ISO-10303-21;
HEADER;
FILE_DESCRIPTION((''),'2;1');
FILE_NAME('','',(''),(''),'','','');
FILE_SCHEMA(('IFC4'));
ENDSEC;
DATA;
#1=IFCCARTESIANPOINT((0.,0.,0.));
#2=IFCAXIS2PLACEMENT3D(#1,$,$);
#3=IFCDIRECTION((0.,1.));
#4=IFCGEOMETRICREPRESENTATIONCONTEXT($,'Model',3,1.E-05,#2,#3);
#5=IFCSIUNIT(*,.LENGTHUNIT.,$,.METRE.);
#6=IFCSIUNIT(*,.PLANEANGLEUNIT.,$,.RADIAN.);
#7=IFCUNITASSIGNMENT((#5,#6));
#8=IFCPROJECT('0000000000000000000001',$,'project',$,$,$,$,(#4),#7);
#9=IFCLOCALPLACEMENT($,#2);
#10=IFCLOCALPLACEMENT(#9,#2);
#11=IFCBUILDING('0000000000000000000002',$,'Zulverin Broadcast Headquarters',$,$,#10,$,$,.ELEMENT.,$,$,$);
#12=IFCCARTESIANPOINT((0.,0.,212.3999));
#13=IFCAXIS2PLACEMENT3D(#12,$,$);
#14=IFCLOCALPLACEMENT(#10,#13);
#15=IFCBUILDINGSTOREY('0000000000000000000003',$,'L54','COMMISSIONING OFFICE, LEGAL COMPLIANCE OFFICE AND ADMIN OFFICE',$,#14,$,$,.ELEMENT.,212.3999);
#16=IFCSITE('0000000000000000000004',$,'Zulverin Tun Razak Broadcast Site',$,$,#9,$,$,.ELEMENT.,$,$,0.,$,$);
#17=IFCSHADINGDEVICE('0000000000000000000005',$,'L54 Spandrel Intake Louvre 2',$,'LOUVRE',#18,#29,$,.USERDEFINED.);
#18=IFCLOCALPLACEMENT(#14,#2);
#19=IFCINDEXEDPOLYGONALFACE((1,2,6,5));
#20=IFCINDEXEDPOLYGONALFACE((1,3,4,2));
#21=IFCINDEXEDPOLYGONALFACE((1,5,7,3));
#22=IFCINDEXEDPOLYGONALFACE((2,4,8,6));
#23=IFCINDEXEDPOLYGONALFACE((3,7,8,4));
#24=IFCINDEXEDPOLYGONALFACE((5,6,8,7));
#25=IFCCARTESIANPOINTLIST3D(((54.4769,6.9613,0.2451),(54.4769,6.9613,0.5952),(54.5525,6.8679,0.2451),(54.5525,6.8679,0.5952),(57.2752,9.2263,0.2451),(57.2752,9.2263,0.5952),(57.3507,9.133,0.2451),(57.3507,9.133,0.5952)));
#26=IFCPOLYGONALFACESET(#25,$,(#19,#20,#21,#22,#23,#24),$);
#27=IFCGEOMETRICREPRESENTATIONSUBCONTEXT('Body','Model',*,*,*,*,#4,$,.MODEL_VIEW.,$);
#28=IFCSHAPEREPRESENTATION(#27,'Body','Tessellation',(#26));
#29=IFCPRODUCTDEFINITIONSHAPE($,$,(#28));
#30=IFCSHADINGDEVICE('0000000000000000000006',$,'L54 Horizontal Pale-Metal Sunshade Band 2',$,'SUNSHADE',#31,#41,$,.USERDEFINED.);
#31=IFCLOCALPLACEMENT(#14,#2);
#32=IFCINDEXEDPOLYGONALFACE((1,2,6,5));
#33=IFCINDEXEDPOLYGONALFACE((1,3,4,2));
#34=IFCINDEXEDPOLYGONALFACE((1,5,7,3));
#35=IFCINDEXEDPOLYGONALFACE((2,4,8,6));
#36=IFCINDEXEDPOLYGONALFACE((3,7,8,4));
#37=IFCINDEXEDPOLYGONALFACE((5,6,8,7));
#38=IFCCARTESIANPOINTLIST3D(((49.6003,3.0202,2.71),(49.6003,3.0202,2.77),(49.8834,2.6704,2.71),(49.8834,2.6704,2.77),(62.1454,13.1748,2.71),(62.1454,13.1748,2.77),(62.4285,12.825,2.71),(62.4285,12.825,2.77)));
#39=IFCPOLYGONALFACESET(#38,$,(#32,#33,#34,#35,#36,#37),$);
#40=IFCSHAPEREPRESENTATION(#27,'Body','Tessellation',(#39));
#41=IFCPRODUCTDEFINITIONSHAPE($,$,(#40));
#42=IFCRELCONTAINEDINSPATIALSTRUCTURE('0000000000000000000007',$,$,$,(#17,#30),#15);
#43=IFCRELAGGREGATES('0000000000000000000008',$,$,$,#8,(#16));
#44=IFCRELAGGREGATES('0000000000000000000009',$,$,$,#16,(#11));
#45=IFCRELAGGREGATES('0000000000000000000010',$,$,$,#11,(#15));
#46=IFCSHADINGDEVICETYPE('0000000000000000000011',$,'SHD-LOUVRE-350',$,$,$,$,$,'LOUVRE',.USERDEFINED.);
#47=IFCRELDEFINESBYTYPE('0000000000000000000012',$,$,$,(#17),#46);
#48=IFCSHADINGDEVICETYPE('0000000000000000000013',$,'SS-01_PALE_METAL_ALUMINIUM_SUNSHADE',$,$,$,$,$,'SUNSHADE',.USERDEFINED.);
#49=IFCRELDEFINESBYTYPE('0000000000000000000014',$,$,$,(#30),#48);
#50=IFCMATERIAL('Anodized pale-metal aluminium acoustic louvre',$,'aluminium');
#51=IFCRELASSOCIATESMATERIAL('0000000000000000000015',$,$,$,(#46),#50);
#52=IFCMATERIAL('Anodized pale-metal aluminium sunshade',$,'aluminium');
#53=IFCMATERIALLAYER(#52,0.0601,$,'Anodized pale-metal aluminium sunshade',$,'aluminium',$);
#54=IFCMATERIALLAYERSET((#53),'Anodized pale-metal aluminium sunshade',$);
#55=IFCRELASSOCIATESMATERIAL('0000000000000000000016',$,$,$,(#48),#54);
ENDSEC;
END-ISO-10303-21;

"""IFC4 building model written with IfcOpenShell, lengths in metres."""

from ifc_helpers import new_model, si_unit, direction, frame, origin, origin_2d, place, context, subcontext, project, spatial, rectangle, extrude, material, layer, layer_set, type_object, element, save


model = new_model("IFC4")

# Units and contexts
model_context = context("Model", 3, precision=1e-05, world=origin(), true_north=direction((0.0, 1.0)))
body_context = subcontext(model_context, "Body", "Model", "MODEL_VIEW")
ifc_project = project(units=[si_unit("LENGTHUNIT", "METRE"), si_unit("PLANEANGLEUNIT", "RADIAN")], contexts=[model_context])

# Site, building, storey
site_placement = place(None, origin())
site = spatial("IfcSite", under=ifc_project, at=site_placement, Name="Zulverin Tun Razak Broadcast Site", CompositionType="ELEMENT", RefElevation=0.0)
building_placement = place(site_placement, origin())
building = spatial("IfcBuilding", under=site, at=building_placement, Name="Zulverin Broadcast Headquarters", CompositionType="ELEMENT")
storey_placement = place(building_placement, frame((0.0, 0.0, 212.3999)))
storey = spatial("IfcBuildingStorey", under=building, at=storey_placement, Name="L54", Description="COMMISSIONING OFFICE, LEGAL COMPLIANCE OFFICE AND ADMIN OFFICE", CompositionType="ELEMENT", Elevation=212.3999)

# Shading devices
ifc_material_1 = material(Name="Anodized pale-metal aluminium acoustic louvre", Category="aluminium")
shading_device_type_1 = type_object("IfcShadingDeviceType", Name="SHD-LOUVRE-350", ElementType="LOUVRE", PredefinedType="USERDEFINED", material=ifc_material_1)
shading_device_1_placement = place(storey_placement, frame((55.9138, 8.0471, 0.2451), z_axis=(0.0, 0.0, 1.0), x_axis=(0.777274, 0.629162, 0.0)))
element("IfcShadingDevice", 1, at=shading_device_1_placement, inside=storey, type_object=shading_device_type_1, Name="L54 Spandrel Intake Louvre 2", ObjectType="LOUVRE", PredefinedType="USERDEFINED", context=body_context, shape_type="SweptSolid", body=[
    extrude(rectangle(XDim=3.6001, YDim=0.1201, at=origin_2d()), origin(), (0.0, 0.0, 1.0), 0.3501),
])
ifc_material_2 = material(Name="Anodized pale-metal aluminium sunshade", Category="aluminium")
ifc_layer_1 = layer(ifc_material_2, 0.0601, Name="Anodized pale-metal aluminium sunshade", Category="aluminium")
ifc_layer_set_1 = layer_set([ifc_layer_1], Name="Anodized pale-metal aluminium sunshade")
shading_device_type_2 = type_object("IfcShadingDeviceType", Name="SS-01_PALE_METAL_ALUMINIUM_SUNSHADE", ElementType="SUNSHADE", PredefinedType="USERDEFINED", material=ifc_layer_set_1)
shading_device_2_placement = place(storey_placement, frame((56.0144, 7.9226, 2.71), z_axis=(0.0, 0.0, 1.0), x_axis=(0.777274, 0.629162, 0.0)))
element("IfcShadingDevice", 2, at=shading_device_2_placement, inside=storey, type_object=shading_device_type_2, Name="L54 Horizontal Pale-Metal Sunshade Band 2", ObjectType="SUNSHADE", PredefinedType="USERDEFINED", context=body_context, shape_type="SweptSolid", body=[
    extrude(rectangle(XDim=16.1399, YDim=0.45, at=origin_2d()), origin(), (0.0, 0.0, 1.0), 0.0601),
])

save(model, "model.ifc")
